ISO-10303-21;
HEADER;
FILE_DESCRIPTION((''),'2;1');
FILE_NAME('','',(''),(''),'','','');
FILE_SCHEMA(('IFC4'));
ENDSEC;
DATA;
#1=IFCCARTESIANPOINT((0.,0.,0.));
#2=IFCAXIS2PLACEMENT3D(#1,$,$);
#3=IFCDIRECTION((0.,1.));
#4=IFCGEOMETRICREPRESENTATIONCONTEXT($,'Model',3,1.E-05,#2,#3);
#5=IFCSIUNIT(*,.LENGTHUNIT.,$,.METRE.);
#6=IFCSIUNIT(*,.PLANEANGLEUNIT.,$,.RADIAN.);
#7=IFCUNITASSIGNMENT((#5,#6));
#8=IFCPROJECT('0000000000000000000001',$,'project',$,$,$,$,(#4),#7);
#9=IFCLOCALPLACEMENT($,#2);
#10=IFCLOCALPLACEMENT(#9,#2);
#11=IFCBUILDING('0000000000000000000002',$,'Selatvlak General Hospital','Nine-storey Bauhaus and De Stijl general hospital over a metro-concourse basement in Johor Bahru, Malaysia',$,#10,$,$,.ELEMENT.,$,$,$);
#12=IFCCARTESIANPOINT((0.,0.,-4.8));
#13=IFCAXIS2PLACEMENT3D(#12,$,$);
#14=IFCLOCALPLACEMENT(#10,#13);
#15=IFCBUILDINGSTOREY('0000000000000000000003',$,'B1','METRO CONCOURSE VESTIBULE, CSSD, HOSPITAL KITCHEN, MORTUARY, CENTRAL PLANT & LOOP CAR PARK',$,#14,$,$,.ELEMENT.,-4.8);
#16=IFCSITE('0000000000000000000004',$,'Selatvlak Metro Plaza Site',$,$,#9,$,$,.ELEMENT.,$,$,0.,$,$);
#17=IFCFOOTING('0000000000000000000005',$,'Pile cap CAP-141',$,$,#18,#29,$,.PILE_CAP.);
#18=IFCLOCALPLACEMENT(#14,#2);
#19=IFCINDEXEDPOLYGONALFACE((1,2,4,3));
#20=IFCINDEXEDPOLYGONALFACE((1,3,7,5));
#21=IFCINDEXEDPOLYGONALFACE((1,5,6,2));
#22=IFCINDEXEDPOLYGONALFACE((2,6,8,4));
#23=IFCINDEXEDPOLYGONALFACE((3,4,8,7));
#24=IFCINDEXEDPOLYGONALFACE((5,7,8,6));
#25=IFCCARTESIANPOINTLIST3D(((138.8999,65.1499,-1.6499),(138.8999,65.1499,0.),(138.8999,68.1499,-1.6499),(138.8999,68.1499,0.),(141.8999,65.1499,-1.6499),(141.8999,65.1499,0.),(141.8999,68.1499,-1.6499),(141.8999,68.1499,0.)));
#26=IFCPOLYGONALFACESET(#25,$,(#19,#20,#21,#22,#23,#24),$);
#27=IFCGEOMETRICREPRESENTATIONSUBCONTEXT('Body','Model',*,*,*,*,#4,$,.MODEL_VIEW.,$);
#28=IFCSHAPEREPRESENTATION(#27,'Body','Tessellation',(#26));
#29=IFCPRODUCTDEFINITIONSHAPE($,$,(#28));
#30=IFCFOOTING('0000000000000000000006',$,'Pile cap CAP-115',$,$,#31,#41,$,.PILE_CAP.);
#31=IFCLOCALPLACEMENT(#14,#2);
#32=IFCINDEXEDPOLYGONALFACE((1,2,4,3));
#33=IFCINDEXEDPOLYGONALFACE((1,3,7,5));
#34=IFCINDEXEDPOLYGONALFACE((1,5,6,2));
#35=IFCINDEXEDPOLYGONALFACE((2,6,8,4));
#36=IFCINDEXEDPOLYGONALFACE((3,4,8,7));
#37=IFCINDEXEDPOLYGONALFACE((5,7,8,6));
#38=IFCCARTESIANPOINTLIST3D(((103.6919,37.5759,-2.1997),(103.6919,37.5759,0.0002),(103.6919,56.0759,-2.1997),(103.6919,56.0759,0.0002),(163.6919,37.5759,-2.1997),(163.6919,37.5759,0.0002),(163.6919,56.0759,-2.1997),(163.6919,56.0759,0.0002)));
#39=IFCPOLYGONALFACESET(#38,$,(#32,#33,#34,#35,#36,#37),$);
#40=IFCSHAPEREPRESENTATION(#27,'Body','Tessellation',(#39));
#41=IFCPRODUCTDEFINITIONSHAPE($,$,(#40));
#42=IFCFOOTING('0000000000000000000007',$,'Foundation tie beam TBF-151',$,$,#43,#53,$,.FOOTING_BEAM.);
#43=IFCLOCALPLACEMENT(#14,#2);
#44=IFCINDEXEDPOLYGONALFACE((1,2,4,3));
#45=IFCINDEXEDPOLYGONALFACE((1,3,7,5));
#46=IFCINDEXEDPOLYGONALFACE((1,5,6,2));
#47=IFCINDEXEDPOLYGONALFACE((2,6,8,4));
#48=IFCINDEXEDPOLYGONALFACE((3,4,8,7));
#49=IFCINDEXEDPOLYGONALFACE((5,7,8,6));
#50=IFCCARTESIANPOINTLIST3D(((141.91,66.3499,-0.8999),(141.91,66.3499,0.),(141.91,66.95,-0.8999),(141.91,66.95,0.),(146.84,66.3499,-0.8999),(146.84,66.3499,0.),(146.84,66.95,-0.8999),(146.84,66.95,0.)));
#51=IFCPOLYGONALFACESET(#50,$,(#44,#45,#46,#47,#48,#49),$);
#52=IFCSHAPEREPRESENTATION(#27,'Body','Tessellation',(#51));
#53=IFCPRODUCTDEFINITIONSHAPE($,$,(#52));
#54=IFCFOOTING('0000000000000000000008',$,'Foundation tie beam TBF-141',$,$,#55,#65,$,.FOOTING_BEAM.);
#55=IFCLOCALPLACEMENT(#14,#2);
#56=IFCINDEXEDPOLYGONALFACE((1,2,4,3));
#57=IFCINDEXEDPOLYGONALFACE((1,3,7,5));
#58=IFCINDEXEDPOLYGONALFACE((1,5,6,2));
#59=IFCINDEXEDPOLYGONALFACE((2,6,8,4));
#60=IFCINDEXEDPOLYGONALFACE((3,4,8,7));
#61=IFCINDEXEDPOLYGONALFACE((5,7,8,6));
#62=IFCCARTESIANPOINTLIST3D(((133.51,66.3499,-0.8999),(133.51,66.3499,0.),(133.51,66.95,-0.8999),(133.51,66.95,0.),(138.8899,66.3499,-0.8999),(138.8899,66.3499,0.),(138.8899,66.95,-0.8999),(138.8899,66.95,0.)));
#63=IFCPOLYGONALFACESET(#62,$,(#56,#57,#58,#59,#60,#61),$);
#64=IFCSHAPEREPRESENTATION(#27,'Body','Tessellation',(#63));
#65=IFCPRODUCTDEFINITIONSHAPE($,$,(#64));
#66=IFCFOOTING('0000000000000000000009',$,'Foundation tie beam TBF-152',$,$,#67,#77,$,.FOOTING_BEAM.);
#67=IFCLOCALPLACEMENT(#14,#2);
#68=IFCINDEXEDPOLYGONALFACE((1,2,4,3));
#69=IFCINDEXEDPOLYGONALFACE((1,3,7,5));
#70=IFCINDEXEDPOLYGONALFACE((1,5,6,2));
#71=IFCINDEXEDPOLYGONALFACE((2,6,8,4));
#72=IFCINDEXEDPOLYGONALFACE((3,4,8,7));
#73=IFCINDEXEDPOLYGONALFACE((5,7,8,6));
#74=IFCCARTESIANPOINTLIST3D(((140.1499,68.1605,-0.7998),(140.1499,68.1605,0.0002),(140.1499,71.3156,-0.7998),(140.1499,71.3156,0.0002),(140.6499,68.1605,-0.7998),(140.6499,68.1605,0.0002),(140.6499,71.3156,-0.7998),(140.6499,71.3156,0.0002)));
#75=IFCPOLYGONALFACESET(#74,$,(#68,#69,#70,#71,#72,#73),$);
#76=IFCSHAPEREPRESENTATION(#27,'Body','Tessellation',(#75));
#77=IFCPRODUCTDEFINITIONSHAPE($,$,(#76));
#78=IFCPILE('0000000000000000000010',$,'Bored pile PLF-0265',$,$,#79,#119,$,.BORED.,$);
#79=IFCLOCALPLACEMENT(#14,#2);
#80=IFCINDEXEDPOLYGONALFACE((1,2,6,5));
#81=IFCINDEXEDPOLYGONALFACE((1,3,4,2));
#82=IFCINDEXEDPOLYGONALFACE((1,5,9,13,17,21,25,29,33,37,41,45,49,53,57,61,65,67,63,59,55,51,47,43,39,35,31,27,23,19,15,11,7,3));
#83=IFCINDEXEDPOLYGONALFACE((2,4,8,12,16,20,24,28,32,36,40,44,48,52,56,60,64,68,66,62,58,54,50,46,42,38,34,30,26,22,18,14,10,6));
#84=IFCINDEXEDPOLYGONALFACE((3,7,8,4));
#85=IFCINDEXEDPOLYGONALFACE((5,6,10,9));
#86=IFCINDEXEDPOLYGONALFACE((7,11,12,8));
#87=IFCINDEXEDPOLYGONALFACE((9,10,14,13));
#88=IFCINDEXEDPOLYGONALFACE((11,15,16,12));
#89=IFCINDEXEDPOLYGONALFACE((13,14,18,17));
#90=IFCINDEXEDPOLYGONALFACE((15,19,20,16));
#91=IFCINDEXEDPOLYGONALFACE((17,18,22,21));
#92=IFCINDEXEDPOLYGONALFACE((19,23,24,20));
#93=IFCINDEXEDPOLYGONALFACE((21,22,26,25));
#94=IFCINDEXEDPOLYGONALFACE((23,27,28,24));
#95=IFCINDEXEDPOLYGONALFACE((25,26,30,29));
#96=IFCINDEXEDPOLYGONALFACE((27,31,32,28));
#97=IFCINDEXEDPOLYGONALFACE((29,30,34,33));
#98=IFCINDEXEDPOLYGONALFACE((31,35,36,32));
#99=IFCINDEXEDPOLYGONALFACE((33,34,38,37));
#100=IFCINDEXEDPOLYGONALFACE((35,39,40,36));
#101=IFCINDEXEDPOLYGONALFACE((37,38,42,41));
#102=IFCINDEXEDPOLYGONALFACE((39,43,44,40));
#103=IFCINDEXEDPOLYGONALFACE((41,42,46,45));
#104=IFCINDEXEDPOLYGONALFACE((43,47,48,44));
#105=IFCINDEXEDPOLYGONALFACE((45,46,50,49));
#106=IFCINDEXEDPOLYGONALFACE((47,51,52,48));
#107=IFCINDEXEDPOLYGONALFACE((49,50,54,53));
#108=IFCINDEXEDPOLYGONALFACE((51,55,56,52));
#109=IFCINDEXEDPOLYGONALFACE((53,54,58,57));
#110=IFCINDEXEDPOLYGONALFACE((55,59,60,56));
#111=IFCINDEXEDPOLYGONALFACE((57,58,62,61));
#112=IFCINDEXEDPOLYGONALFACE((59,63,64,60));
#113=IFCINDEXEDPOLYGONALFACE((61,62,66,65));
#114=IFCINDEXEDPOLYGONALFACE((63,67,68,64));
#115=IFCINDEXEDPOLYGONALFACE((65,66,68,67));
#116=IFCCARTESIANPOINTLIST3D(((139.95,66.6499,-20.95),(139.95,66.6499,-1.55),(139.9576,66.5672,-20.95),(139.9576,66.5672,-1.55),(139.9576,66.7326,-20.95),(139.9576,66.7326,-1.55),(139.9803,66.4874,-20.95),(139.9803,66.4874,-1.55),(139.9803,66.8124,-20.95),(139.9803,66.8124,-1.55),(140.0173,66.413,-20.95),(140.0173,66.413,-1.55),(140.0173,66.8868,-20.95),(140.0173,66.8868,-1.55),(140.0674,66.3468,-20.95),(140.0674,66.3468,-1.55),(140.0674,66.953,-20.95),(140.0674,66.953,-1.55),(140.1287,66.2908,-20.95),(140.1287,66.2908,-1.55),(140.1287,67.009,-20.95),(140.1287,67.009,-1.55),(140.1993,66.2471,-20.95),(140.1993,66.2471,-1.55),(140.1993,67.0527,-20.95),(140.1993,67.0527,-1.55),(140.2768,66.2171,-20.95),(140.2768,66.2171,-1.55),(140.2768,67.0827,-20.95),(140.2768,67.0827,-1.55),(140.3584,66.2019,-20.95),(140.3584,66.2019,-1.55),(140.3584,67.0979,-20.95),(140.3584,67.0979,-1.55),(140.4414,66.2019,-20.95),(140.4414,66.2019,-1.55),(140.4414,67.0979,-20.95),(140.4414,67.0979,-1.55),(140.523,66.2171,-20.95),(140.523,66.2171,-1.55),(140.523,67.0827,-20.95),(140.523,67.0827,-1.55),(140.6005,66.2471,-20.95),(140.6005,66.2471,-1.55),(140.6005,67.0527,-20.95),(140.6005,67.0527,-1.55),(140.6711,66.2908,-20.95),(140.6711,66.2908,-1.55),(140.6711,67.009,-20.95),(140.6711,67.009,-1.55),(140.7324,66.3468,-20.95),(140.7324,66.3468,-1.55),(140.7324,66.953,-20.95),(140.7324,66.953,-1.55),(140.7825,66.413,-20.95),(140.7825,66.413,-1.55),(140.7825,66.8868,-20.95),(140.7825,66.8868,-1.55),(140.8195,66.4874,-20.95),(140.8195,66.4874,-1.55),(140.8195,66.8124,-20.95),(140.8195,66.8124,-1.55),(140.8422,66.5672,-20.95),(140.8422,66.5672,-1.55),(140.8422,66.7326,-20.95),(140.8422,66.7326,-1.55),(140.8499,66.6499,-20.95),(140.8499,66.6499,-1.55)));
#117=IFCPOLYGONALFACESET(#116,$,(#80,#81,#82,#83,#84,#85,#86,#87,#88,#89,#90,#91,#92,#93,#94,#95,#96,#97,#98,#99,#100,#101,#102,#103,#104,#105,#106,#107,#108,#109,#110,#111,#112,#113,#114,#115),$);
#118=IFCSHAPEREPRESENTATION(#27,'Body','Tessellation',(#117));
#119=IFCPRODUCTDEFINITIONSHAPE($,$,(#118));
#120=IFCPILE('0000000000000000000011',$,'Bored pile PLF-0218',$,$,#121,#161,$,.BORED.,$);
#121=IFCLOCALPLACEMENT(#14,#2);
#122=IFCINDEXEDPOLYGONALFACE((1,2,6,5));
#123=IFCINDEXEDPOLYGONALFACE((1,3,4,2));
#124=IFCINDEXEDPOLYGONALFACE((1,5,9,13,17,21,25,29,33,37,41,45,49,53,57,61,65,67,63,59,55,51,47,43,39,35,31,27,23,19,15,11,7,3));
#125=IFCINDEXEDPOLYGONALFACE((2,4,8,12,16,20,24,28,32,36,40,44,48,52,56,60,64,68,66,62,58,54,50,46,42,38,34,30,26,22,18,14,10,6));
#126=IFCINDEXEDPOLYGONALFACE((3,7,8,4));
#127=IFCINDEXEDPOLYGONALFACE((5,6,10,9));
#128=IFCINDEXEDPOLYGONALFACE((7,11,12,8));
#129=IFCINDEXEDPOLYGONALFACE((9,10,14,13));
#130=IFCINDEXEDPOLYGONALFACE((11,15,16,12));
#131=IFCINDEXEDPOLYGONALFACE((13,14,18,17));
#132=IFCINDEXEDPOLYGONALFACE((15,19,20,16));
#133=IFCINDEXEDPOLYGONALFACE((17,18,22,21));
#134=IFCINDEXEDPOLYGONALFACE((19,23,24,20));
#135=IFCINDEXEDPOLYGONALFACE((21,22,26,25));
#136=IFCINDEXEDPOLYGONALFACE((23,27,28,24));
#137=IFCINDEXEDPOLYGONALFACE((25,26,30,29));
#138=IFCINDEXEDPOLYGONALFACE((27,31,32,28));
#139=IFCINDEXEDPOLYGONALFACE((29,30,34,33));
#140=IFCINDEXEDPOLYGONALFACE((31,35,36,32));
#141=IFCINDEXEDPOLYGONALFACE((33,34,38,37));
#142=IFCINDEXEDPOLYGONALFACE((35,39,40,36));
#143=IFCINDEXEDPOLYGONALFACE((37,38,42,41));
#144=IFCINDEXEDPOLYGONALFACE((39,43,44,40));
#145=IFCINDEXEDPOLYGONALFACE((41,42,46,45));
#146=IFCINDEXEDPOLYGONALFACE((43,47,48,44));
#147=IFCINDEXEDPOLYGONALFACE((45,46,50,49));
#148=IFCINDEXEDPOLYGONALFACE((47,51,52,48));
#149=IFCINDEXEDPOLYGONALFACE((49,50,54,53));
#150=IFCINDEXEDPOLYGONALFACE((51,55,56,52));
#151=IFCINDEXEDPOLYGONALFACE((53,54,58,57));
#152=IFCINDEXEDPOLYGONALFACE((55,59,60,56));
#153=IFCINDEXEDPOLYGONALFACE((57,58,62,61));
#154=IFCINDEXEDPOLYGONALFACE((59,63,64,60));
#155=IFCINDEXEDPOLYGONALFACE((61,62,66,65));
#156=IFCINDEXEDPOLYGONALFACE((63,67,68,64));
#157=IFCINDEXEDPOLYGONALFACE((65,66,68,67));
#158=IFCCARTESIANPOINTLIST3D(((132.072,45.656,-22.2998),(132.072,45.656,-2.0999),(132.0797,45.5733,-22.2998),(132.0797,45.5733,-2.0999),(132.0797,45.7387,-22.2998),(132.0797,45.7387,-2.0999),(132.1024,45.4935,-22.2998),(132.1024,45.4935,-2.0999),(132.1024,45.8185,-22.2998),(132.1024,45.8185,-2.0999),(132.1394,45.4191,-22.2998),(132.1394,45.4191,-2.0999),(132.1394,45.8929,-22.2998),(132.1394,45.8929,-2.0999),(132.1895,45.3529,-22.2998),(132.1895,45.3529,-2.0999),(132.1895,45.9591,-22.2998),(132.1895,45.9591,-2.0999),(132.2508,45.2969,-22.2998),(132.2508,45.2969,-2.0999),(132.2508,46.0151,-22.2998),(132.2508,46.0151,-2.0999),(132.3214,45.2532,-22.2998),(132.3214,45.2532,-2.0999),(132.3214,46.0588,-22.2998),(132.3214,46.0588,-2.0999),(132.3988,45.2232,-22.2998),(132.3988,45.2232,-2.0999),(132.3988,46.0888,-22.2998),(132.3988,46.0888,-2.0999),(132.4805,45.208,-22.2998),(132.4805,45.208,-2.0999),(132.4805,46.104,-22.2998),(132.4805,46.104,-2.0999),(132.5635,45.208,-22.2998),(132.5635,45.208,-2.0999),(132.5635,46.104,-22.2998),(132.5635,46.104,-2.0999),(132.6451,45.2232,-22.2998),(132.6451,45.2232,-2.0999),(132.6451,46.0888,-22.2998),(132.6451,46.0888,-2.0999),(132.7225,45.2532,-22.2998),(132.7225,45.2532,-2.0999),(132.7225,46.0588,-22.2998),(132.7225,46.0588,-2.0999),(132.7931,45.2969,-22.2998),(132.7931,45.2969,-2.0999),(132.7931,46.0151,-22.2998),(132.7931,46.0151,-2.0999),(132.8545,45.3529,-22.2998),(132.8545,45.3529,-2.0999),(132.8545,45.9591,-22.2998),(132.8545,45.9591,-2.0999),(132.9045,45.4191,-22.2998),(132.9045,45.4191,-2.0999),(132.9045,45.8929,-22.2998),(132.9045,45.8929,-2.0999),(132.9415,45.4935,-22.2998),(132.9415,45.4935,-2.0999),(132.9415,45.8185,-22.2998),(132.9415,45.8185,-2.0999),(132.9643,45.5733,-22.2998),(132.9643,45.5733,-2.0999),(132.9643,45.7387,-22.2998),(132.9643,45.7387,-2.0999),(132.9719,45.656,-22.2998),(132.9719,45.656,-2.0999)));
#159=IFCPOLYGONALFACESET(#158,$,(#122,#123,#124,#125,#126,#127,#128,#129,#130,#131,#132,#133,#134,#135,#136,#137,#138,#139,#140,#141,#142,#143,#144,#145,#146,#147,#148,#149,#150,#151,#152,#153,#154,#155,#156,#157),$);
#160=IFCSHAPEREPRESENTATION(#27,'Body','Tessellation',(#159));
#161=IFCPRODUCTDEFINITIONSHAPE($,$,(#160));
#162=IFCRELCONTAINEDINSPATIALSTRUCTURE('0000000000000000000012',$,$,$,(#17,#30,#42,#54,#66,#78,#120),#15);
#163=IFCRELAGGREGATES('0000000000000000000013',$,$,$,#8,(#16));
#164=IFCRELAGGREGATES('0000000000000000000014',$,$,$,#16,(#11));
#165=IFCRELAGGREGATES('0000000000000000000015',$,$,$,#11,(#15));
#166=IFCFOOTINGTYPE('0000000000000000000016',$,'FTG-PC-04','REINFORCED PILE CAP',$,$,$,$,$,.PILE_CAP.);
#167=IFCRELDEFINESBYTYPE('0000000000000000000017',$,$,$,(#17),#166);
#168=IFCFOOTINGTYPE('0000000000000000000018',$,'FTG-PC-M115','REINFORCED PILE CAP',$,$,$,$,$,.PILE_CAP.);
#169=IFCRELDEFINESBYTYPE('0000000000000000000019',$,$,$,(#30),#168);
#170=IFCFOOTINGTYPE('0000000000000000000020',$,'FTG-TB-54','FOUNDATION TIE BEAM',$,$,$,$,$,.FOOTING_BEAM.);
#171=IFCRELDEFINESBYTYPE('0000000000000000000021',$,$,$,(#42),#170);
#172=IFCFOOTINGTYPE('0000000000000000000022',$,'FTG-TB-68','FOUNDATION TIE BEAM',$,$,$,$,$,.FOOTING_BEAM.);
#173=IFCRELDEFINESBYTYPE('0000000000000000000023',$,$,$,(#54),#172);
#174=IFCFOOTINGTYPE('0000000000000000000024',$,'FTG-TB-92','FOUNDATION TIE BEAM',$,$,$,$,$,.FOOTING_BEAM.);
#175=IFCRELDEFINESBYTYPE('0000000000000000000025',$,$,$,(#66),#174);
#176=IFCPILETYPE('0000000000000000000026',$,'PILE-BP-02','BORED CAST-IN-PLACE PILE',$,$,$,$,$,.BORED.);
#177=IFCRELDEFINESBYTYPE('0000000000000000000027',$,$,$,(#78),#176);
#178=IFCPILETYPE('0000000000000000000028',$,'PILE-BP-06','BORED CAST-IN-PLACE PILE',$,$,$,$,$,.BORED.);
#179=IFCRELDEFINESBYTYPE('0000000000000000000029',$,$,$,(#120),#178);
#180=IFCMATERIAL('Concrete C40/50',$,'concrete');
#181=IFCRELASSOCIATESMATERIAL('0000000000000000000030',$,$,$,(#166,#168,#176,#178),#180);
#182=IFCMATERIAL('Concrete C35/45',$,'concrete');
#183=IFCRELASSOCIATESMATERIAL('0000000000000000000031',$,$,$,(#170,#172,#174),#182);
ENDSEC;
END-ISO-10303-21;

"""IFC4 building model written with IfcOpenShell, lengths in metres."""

from ifc_helpers import new_model, si_unit, direction, frame, origin, origin_2d, place, context, subcontext, project, spatial, rectangle, circle, extrude, material, material_profile, profile_set, type_object, element, save


model = new_model("IFC4")

# Units and contexts
model_context = context("Model", 3, precision=1e-05, world=origin(), true_north=direction((0.0, 1.0)))
body_context = subcontext(model_context, "Body", "Model", "MODEL_VIEW")
ifc_project = project(units=[si_unit("LENGTHUNIT", "METRE"), si_unit("PLANEANGLEUNIT", "RADIAN")], contexts=[model_context])

# Site, building, storey
site_placement = place(None, origin())
site = spatial("IfcSite", under=ifc_project, at=site_placement, Name="Selatvlak Metro Plaza Site", CompositionType="ELEMENT", RefElevation=0.0)
building_placement = place(site_placement, origin())
building = spatial("IfcBuilding", under=site, at=building_placement, Name="Selatvlak General Hospital", Description="Nine-storey Bauhaus and De Stijl general hospital over a metro-concourse basement in Johor Bahru, Malaysia", CompositionType="ELEMENT")
storey_placement = place(building_placement, frame((0.0, 0.0, -4.8)))
storey = spatial("IfcBuildingStorey", under=building, at=storey_placement, Name="B1", Description="METRO CONCOURSE VESTIBULE, CSSD, HOSPITAL KITCHEN, MORTUARY, CENTRAL PLANT & LOOP CAR PARK", CompositionType="ELEMENT", Elevation=-4.8)

# Footings
ifc_material_1 = material(Name="Concrete C40/50", Category="concrete")
footing_type_1 = type_object("IfcFootingType", Name="FTG-PC-04", Description="REINFORCED PILE CAP", PredefinedType="PILE_CAP", material=ifc_material_1)
footing_1_placement = place(storey_placement, frame((140.3999, 66.6499, -1.6499), z_axis=(0.0, 0.0, 1.0), x_axis=(1.0, 0.0, 0.0)))
element("IfcFooting", 1, at=footing_1_placement, inside=storey, type_object=footing_type_1, Name="Pile cap CAP-141", PredefinedType="PILE_CAP", context=body_context, shape_type="SweptSolid", body=[
    extrude(rectangle(XDim=3.0, YDim=3.0, at=origin_2d()), origin(), (0.0, 0.0, 1.0), 1.6499),
])
footing_type_2 = type_object("IfcFootingType", Name="FTG-PC-M115", Description="REINFORCED PILE CAP", PredefinedType="PILE_CAP", material=ifc_material_1)
footing_2_placement = place(storey_placement, frame((133.6919, 46.8259, -2.1997), z_axis=(0.0, 0.0, 1.0), x_axis=(1.0, 0.0, 0.0)))
element("IfcFooting", 2, at=footing_2_placement, inside=storey, type_object=footing_type_2, Name="Pile cap CAP-115", PredefinedType="PILE_CAP", context=body_context, shape_type="SweptSolid", body=[
    extrude(rectangle(XDim=60.0, YDim=18.5, at=origin_2d()), origin(), (0.0, 0.0, 1.0), 2.2),
])
ifc_material_2 = material(Name="Concrete C35/45", Category="concrete")
footing_type_3 = type_object("IfcFootingType", Name="FTG-TB-54", Description="FOUNDATION TIE BEAM", PredefinedType="FOOTING_BEAM", material=ifc_material_2)
footing_3_placement = place(storey_placement, frame((144.375, 66.6499, -0.8999), z_axis=(0.0, 0.0, 1.0), x_axis=(1.0, 0.0, 0.0)))
element("IfcFooting", 3, at=footing_3_placement, inside=storey, type_object=footing_type_3, Name="Foundation tie beam TBF-151", PredefinedType="FOOTING_BEAM", context=body_context, shape_type="SweptSolid", body=[
    extrude(rectangle(XDim=4.9299, YDim=0.6001, at=origin_2d()), origin(), (0.0, 0.0, 1.0), 0.8999),
])
footing_type_4 = type_object("IfcFootingType", Name="FTG-TB-68", Description="FOUNDATION TIE BEAM", PredefinedType="FOOTING_BEAM", material=ifc_material_2)
footing_4_placement = place(storey_placement, frame((136.2, 66.6499, -0.8999), z_axis=(0.0, 0.0, 1.0), x_axis=(1.0, 0.0, 0.0)))
element("IfcFooting", 4, at=footing_4_placement, inside=storey, type_object=footing_type_4, Name="Foundation tie beam TBF-141", PredefinedType="FOOTING_BEAM", context=body_context, shape_type="SweptSolid", body=[
    extrude(rectangle(XDim=5.3799, YDim=0.6001, at=origin_2d()), origin(), (0.0, 0.0, 1.0), 0.8999),
])
footing_type_5 = type_object("IfcFootingType", Name="FTG-TB-92", Description="FOUNDATION TIE BEAM", PredefinedType="FOOTING_BEAM", material=ifc_material_2)
footing_5_placement = place(storey_placement, frame((140.3999, 69.738, -0.7998), z_axis=(0.0, 0.0, 1.0), x_axis=(0.0, 1.0, 0.0)))
element("IfcFooting", 5, at=footing_5_placement, inside=storey, type_object=footing_type_5, Name="Foundation tie beam TBF-152", PredefinedType="FOOTING_BEAM", context=body_context, shape_type="SweptSolid", body=[
    extrude(rectangle(XDim=3.155, YDim=0.5, at=origin_2d()), origin(), (0.0, 0.0, 1.0), 0.8),
])

# Piles
ifc_material_profile_1 = material_profile(ifc_material_1, circle(Radius=0.45, at=origin_2d()), Name="BORED PILE 900")
ifc_profile_set_1 = profile_set([ifc_material_profile_1], Name="Concrete C40/50")
pile_type_1 = type_object("IfcPileType", Name="PILE-BP-02", Description="BORED CAST-IN-PLACE PILE", PredefinedType="BORED", material=ifc_profile_set_1)
pile_placement = place(storey_placement, frame((140.3999, 66.6499, -1.55), z_axis=(0.0, 0.0, -1.0), x_axis=(1.0, 0.0, 0.0)))
element("IfcPile", 6, at=pile_placement, inside=storey, type_object=pile_type_1, Name="Bored pile PLF-0265", PredefinedType="BORED", context=body_context, shape_type="SweptSolid", body=[
    extrude(circle(Radius=0.45, at=origin_2d()), origin(), (0.0, 0.0, 1.0), 19.3999),
])
ifc_material_profile_2 = material_profile(ifc_material_1, circle(Radius=0.45, at=origin_2d()), Name="BORED PILE 900")
ifc_profile_set_2 = profile_set([ifc_material_profile_2], Name="Concrete C40/50")
pile_type_2 = type_object("IfcPileType", Name="PILE-BP-06", Description="BORED CAST-IN-PLACE PILE", PredefinedType="BORED", material=ifc_profile_set_2)
for number, where, z_axis, x_axis, name in (
    (7, (132.522, 45.656, -2.0999), (0.0, 0.0, -1.0), (1.0, 0.0, 0.0), "Bored pile PLF-0218"),
):
    element("IfcPile", number, at=place(storey_placement, frame(where, z_axis=z_axis, x_axis=x_axis)), inside=storey, type_object=pile_type_2, Name=name, PredefinedType="BORED", context=body_context, shape_type="SweptSolid", body=[
        extrude(circle(Radius=0.45, at=origin_2d()), origin(), (0.0, 0.0, 1.0), 20.2),
    ])

save(model, "model.ifc")
